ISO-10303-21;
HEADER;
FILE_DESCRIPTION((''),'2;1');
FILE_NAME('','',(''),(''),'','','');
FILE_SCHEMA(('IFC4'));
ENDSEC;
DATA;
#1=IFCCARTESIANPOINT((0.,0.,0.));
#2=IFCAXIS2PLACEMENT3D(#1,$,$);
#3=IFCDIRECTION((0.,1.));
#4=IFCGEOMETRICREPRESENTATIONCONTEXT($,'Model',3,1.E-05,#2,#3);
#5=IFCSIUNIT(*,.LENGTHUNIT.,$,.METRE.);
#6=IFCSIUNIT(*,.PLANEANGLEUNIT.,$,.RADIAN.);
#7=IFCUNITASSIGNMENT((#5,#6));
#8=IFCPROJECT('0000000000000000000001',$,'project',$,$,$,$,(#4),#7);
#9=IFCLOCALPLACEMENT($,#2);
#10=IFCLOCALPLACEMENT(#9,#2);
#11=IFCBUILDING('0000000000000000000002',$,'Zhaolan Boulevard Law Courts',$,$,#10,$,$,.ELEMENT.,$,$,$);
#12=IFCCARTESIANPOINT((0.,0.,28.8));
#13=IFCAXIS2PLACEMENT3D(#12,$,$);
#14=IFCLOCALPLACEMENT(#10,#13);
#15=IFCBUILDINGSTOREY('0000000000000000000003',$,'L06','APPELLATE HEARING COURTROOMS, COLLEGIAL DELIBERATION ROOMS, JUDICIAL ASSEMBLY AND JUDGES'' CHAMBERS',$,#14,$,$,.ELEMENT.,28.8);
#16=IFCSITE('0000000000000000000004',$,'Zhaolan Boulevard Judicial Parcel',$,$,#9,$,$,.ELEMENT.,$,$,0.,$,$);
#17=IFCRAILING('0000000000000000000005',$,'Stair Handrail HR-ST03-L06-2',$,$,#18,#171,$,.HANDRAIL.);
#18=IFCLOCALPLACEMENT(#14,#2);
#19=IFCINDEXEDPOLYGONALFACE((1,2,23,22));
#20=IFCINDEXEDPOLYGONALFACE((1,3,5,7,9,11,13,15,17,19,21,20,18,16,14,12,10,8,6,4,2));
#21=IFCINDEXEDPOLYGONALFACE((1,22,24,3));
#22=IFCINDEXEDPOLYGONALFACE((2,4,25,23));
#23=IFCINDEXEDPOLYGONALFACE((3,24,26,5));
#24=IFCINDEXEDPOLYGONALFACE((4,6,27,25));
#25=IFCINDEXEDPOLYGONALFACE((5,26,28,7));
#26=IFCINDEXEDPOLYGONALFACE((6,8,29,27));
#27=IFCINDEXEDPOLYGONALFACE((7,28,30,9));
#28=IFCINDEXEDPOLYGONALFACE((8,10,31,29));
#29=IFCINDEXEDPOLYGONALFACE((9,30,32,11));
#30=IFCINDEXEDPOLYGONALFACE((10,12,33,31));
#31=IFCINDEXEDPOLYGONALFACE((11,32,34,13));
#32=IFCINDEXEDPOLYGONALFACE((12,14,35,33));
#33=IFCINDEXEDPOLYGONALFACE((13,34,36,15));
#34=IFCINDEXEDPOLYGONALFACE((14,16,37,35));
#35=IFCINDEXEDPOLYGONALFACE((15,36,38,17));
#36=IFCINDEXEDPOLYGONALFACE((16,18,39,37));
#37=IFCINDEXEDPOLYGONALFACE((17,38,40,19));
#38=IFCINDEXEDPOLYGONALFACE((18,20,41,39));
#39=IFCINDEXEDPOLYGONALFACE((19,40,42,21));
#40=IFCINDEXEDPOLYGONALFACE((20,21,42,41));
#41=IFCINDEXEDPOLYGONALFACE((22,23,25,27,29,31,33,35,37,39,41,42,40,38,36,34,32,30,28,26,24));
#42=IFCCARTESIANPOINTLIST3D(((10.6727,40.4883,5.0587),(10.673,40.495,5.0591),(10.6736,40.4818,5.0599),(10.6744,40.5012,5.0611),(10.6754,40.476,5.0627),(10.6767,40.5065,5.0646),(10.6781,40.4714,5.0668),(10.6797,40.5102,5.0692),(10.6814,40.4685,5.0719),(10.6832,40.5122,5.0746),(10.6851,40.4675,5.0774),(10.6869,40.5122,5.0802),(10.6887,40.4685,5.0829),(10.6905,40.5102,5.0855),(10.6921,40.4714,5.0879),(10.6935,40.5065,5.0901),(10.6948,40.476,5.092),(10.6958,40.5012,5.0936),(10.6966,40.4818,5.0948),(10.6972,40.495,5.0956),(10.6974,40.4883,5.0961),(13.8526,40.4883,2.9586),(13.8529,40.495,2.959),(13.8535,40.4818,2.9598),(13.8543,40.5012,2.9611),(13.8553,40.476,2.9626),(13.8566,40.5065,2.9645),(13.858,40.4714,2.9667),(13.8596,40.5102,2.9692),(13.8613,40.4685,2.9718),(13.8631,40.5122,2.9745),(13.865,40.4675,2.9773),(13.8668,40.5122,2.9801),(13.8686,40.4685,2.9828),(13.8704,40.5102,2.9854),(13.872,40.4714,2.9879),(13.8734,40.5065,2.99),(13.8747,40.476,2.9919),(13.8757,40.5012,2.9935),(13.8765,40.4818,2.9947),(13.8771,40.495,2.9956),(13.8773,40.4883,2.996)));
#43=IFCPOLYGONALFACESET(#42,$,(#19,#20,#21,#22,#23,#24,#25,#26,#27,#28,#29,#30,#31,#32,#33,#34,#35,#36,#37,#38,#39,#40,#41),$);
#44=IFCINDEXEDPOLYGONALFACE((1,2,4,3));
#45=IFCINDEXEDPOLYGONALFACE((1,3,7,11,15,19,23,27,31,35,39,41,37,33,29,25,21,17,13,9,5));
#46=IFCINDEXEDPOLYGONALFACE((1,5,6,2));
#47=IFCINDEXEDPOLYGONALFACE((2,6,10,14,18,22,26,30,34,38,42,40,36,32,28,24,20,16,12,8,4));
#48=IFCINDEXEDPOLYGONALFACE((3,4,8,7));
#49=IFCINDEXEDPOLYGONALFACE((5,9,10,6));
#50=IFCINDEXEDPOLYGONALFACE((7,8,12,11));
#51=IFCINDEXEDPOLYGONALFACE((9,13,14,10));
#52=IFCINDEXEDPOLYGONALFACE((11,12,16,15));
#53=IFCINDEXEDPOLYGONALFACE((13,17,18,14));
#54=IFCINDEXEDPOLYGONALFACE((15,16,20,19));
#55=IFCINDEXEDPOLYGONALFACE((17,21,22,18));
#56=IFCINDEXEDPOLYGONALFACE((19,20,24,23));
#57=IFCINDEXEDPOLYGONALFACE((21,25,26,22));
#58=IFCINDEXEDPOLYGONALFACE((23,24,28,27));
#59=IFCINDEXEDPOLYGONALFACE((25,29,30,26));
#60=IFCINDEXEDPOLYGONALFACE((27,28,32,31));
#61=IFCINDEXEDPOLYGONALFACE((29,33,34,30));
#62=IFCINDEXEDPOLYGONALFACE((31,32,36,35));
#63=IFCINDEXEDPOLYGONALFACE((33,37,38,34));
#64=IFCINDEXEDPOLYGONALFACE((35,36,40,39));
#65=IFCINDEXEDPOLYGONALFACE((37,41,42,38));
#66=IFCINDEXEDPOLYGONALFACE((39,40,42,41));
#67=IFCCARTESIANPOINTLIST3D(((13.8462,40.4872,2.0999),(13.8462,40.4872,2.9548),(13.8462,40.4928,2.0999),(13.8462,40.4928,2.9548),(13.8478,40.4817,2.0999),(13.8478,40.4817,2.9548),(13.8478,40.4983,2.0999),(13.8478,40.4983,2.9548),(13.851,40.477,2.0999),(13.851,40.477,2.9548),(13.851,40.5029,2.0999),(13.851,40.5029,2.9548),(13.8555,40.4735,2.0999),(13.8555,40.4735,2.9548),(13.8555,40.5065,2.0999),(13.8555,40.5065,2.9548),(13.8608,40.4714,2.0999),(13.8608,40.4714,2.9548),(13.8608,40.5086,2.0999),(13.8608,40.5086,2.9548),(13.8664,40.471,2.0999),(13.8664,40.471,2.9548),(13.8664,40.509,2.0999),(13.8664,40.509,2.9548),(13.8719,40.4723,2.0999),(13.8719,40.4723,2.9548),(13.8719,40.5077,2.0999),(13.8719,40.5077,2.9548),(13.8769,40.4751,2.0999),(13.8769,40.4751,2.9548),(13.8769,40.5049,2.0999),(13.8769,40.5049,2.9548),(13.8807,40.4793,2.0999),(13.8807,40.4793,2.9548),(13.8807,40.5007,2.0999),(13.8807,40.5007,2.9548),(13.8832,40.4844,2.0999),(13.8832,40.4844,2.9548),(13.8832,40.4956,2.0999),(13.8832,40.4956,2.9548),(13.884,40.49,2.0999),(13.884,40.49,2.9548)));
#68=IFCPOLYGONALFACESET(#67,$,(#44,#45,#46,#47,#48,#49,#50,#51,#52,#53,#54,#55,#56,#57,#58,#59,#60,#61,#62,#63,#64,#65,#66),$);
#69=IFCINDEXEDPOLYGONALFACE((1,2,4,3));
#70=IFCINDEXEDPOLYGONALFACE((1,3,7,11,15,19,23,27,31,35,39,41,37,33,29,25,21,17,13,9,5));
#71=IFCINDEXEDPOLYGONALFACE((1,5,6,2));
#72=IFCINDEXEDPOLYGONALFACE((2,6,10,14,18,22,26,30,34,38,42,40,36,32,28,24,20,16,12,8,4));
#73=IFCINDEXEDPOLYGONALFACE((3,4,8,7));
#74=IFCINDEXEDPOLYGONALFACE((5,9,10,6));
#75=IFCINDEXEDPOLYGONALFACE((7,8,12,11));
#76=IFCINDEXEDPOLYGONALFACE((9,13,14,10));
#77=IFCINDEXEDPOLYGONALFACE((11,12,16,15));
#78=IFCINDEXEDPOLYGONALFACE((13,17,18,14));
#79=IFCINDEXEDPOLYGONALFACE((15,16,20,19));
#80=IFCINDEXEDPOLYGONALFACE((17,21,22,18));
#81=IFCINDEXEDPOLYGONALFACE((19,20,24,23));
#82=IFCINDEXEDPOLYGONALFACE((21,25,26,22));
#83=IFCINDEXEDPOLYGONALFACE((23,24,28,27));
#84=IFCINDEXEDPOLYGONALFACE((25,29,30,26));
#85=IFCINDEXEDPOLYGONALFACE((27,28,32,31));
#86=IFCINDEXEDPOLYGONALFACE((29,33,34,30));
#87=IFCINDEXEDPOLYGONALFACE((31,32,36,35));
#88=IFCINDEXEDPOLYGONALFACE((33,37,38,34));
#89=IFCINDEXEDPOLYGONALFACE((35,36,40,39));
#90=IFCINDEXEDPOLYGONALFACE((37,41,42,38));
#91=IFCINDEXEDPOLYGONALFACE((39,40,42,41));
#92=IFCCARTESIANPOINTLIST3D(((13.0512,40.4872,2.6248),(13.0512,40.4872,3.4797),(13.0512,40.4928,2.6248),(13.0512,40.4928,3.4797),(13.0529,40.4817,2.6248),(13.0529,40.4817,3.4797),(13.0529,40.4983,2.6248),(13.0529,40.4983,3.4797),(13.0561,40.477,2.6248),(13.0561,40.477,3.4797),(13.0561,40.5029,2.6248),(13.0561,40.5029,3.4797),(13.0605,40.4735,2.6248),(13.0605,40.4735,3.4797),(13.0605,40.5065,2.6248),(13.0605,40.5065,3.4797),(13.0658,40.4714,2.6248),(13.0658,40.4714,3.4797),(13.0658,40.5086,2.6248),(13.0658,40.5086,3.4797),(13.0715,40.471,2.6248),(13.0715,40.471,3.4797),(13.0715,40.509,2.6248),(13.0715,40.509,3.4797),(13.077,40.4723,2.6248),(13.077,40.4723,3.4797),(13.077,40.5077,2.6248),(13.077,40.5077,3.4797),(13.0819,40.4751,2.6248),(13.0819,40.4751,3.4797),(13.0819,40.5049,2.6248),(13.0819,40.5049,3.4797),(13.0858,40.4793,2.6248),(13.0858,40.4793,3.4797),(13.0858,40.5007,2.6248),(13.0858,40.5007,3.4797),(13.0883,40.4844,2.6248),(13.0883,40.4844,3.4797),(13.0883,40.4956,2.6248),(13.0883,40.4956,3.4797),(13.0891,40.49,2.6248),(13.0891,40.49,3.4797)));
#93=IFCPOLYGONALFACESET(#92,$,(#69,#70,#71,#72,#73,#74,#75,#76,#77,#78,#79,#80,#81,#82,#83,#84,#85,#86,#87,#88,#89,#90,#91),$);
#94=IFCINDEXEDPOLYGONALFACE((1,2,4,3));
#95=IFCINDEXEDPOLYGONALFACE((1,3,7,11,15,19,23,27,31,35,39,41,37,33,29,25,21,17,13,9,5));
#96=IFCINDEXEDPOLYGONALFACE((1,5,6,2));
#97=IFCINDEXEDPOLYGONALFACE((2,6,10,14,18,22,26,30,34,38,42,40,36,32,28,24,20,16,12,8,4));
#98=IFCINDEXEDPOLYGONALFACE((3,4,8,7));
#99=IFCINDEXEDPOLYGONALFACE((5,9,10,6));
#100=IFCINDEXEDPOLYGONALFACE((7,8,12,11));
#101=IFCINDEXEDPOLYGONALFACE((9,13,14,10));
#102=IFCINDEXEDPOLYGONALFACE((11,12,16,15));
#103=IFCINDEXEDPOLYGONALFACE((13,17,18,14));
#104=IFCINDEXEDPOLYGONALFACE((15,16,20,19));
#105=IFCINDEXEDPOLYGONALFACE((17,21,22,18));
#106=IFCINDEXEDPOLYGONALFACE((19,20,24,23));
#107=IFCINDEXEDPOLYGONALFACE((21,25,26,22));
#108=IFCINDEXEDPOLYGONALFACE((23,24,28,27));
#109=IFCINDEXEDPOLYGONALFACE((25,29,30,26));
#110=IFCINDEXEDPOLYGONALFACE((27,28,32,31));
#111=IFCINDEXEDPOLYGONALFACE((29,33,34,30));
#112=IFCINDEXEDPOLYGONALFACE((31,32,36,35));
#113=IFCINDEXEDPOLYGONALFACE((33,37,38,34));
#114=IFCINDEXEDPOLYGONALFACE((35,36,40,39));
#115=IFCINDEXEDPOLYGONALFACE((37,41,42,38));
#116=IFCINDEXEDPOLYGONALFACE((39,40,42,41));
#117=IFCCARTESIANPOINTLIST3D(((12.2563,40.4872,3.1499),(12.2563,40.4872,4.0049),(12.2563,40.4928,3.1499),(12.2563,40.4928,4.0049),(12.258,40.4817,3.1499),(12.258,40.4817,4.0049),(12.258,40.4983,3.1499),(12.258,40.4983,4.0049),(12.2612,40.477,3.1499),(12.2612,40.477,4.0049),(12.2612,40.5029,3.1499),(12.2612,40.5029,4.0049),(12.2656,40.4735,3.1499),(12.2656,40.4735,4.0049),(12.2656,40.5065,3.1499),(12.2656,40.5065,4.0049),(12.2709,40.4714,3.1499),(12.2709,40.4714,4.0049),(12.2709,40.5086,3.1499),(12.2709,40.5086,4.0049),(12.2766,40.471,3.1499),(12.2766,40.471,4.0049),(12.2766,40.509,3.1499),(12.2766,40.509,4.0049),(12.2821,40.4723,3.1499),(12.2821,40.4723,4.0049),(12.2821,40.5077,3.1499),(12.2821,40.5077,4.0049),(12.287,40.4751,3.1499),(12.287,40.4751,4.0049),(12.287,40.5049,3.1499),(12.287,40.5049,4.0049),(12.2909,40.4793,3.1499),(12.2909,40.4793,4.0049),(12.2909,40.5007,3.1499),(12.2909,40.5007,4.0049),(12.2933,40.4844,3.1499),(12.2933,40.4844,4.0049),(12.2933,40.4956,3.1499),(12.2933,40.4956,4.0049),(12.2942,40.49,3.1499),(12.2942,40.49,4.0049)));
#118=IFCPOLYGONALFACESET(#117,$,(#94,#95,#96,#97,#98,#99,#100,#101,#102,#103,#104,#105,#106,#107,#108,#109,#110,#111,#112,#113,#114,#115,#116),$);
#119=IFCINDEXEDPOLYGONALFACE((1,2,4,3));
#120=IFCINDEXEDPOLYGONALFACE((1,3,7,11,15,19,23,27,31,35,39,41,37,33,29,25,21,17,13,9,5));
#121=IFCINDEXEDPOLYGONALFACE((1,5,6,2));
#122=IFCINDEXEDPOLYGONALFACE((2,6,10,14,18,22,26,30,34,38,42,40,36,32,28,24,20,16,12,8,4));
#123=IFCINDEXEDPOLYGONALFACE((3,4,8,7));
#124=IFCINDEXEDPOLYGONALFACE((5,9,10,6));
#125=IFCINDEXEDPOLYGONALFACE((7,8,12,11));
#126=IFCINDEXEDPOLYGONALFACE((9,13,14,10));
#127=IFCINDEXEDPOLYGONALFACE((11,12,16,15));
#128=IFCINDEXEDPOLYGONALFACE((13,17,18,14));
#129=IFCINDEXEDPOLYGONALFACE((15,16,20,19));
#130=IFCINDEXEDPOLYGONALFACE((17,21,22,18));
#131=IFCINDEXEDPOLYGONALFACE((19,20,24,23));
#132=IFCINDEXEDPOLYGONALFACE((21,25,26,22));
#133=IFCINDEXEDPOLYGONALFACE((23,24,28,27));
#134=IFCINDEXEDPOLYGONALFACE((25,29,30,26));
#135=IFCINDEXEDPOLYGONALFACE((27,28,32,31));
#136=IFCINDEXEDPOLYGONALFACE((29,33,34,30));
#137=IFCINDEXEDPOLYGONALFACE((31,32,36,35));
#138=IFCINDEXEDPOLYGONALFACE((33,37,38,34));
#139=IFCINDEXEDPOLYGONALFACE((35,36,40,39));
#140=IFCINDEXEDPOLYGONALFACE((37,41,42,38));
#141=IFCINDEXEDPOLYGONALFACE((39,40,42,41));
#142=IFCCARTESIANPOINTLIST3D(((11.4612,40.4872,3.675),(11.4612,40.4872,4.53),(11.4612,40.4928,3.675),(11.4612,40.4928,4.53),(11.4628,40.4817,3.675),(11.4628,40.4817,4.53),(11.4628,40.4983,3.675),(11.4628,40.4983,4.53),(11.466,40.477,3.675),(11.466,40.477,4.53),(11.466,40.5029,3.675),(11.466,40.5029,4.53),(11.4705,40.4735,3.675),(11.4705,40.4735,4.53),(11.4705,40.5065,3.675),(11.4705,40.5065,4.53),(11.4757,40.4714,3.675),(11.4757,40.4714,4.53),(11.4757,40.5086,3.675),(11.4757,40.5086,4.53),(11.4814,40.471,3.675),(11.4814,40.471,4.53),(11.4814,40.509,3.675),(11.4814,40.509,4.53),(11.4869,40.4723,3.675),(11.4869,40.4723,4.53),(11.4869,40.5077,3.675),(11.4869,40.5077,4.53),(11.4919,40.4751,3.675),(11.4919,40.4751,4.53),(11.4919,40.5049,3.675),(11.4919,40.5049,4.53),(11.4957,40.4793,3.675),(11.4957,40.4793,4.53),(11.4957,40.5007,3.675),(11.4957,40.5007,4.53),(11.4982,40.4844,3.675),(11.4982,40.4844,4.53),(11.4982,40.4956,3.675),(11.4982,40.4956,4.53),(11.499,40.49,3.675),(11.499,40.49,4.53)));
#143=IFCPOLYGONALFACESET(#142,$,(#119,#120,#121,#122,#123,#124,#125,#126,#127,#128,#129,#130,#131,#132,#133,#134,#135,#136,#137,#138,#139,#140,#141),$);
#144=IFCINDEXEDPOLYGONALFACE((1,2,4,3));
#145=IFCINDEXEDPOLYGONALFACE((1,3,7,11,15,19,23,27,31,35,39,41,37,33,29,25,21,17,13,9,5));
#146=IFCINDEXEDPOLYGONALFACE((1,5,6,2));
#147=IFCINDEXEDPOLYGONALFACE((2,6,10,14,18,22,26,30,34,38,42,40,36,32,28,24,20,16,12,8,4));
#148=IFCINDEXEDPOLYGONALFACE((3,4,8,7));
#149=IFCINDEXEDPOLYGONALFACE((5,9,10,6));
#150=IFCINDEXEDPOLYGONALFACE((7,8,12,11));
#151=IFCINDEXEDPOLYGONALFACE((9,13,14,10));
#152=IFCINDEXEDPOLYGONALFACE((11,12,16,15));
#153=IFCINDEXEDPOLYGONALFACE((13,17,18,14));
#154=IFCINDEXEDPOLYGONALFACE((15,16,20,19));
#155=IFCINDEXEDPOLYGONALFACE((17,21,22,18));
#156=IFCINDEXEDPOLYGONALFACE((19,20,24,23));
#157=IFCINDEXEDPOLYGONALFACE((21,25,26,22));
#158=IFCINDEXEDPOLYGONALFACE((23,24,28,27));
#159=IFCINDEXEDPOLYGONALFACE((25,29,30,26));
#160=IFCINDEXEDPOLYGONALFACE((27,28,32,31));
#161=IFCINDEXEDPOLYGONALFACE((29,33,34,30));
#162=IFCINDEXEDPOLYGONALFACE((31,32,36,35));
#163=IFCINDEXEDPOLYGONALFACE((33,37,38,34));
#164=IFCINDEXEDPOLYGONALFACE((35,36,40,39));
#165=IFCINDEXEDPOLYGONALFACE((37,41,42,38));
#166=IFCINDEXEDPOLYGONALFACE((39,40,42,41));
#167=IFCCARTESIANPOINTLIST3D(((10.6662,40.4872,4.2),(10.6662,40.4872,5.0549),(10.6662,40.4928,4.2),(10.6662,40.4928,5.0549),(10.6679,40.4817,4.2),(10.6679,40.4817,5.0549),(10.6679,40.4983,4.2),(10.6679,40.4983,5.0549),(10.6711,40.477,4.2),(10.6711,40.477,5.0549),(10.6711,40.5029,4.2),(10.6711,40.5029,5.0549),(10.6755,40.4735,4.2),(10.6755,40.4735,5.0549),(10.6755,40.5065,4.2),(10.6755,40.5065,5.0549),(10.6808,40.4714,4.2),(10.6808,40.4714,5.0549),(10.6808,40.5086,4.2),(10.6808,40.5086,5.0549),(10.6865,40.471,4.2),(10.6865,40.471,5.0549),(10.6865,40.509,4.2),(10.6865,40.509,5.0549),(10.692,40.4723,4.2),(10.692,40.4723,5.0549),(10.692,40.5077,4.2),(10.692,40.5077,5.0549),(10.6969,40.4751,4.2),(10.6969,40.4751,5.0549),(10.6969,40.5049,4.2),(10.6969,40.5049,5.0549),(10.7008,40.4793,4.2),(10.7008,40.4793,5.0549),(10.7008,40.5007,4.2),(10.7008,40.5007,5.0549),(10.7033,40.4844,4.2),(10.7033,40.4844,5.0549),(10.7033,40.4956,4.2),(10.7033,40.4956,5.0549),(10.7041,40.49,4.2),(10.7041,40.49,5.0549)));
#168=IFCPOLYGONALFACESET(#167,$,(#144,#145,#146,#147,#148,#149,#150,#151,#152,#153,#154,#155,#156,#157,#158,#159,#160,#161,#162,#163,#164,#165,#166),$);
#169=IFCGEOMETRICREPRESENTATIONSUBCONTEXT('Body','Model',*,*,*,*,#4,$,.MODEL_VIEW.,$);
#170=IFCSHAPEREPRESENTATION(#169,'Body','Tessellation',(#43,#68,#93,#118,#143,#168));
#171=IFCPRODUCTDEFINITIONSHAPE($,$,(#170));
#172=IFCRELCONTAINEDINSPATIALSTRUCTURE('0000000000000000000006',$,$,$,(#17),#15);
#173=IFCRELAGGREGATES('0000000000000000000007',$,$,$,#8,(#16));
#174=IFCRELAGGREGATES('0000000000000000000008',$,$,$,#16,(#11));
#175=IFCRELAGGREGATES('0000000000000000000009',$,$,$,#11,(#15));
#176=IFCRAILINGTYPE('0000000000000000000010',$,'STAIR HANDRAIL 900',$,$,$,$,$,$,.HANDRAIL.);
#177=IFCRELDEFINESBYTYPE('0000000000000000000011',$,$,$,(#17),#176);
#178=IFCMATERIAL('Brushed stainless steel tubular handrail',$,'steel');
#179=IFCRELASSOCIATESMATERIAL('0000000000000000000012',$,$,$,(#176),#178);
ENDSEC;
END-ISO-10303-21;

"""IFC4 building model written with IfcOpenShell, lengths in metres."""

from ifc_helpers import new_model, si_unit, direction, frame, origin, origin_2d, place, context, subcontext, project, spatial, circle, extrude, material, type_object, element, save


model = new_model("IFC4")

# Units and contexts
model_context = context("Model", 3, precision=1e-05, world=origin(), true_north=direction((0.0, 1.0)))
body_context = subcontext(model_context, "Body", "Model", "MODEL_VIEW")
ifc_project = project(units=[si_unit("LENGTHUNIT", "METRE"), si_unit("PLANEANGLEUNIT", "RADIAN")], contexts=[model_context])

# Site, building, storey
site_placement = place(None, origin())
site = spatial("IfcSite", under=ifc_project, at=site_placement, Name="Zhaolan Boulevard Judicial Parcel", CompositionType="ELEMENT", RefElevation=0.0)
building_placement = place(site_placement, origin())
building = spatial("IfcBuilding", under=site, at=building_placement, Name="Zhaolan Boulevard Law Courts", CompositionType="ELEMENT")
storey_placement = place(building_placement, frame((0.0, 0.0, 28.8)))
storey = spatial("IfcBuildingStorey", under=building, at=storey_placement, Name="L06", Description="APPELLATE HEARING COURTROOMS, COLLEGIAL DELIBERATION ROOMS, JUDICIAL ASSEMBLY AND JUDGES' CHAMBERS", CompositionType="ELEMENT", Elevation=28.8)

# Railing
ifc_material_1 = material(Name="Brushed stainless steel tubular handrail", Category="steel")
railing_type_1 = type_object("IfcRailingType", Name="STAIR HANDRAIL 900", PredefinedType="HANDRAIL", material=ifc_material_1)
railing_1_placement = place(storey_placement, frame((13.865, 40.49, 2.0999)))
element("IfcRailing", 1, at=railing_1_placement, inside=storey, type_object=railing_type_1, Name="Stair Handrail HR-ST03-L06-2", PredefinedType="HANDRAIL", context=body_context, shape_type="SweptSolid", body=[
    extrude(circle(Radius=0.0225, at=origin_2d()), frame((0.0, 0.0, 0.8774), z_axis=(-0.834447, 0.0, 0.551088), x_axis=(0.0, -1.0, 0.0)), (0.0, 0.0, 1.0), 3.8108),
    extrude(circle(Radius=0.019, at=origin_2d()), origin(), (0.0, 0.0, 1.0), 0.855),
    extrude(circle(Radius=0.019, at=origin_2d()), frame((-0.7949, 0.0, 0.5249)), (0.0, 0.0, 1.0), 0.855),
    extrude(circle(Radius=0.019, at=origin_2d()), frame((-1.5898, 0.0, 1.05)), (0.0, 0.0, 1.0), 0.855),
    extrude(circle(Radius=0.019, at=origin_2d()), frame((-2.385, 0.0, 1.5752)), (0.0, 0.0, 1.0), 0.855),
    extrude(circle(Radius=0.019, at=origin_2d()), frame((-3.1799, 0.0, 2.1001)), (0.0, 0.0, 1.0), 0.855),
])

save(model, "model.ifc")
